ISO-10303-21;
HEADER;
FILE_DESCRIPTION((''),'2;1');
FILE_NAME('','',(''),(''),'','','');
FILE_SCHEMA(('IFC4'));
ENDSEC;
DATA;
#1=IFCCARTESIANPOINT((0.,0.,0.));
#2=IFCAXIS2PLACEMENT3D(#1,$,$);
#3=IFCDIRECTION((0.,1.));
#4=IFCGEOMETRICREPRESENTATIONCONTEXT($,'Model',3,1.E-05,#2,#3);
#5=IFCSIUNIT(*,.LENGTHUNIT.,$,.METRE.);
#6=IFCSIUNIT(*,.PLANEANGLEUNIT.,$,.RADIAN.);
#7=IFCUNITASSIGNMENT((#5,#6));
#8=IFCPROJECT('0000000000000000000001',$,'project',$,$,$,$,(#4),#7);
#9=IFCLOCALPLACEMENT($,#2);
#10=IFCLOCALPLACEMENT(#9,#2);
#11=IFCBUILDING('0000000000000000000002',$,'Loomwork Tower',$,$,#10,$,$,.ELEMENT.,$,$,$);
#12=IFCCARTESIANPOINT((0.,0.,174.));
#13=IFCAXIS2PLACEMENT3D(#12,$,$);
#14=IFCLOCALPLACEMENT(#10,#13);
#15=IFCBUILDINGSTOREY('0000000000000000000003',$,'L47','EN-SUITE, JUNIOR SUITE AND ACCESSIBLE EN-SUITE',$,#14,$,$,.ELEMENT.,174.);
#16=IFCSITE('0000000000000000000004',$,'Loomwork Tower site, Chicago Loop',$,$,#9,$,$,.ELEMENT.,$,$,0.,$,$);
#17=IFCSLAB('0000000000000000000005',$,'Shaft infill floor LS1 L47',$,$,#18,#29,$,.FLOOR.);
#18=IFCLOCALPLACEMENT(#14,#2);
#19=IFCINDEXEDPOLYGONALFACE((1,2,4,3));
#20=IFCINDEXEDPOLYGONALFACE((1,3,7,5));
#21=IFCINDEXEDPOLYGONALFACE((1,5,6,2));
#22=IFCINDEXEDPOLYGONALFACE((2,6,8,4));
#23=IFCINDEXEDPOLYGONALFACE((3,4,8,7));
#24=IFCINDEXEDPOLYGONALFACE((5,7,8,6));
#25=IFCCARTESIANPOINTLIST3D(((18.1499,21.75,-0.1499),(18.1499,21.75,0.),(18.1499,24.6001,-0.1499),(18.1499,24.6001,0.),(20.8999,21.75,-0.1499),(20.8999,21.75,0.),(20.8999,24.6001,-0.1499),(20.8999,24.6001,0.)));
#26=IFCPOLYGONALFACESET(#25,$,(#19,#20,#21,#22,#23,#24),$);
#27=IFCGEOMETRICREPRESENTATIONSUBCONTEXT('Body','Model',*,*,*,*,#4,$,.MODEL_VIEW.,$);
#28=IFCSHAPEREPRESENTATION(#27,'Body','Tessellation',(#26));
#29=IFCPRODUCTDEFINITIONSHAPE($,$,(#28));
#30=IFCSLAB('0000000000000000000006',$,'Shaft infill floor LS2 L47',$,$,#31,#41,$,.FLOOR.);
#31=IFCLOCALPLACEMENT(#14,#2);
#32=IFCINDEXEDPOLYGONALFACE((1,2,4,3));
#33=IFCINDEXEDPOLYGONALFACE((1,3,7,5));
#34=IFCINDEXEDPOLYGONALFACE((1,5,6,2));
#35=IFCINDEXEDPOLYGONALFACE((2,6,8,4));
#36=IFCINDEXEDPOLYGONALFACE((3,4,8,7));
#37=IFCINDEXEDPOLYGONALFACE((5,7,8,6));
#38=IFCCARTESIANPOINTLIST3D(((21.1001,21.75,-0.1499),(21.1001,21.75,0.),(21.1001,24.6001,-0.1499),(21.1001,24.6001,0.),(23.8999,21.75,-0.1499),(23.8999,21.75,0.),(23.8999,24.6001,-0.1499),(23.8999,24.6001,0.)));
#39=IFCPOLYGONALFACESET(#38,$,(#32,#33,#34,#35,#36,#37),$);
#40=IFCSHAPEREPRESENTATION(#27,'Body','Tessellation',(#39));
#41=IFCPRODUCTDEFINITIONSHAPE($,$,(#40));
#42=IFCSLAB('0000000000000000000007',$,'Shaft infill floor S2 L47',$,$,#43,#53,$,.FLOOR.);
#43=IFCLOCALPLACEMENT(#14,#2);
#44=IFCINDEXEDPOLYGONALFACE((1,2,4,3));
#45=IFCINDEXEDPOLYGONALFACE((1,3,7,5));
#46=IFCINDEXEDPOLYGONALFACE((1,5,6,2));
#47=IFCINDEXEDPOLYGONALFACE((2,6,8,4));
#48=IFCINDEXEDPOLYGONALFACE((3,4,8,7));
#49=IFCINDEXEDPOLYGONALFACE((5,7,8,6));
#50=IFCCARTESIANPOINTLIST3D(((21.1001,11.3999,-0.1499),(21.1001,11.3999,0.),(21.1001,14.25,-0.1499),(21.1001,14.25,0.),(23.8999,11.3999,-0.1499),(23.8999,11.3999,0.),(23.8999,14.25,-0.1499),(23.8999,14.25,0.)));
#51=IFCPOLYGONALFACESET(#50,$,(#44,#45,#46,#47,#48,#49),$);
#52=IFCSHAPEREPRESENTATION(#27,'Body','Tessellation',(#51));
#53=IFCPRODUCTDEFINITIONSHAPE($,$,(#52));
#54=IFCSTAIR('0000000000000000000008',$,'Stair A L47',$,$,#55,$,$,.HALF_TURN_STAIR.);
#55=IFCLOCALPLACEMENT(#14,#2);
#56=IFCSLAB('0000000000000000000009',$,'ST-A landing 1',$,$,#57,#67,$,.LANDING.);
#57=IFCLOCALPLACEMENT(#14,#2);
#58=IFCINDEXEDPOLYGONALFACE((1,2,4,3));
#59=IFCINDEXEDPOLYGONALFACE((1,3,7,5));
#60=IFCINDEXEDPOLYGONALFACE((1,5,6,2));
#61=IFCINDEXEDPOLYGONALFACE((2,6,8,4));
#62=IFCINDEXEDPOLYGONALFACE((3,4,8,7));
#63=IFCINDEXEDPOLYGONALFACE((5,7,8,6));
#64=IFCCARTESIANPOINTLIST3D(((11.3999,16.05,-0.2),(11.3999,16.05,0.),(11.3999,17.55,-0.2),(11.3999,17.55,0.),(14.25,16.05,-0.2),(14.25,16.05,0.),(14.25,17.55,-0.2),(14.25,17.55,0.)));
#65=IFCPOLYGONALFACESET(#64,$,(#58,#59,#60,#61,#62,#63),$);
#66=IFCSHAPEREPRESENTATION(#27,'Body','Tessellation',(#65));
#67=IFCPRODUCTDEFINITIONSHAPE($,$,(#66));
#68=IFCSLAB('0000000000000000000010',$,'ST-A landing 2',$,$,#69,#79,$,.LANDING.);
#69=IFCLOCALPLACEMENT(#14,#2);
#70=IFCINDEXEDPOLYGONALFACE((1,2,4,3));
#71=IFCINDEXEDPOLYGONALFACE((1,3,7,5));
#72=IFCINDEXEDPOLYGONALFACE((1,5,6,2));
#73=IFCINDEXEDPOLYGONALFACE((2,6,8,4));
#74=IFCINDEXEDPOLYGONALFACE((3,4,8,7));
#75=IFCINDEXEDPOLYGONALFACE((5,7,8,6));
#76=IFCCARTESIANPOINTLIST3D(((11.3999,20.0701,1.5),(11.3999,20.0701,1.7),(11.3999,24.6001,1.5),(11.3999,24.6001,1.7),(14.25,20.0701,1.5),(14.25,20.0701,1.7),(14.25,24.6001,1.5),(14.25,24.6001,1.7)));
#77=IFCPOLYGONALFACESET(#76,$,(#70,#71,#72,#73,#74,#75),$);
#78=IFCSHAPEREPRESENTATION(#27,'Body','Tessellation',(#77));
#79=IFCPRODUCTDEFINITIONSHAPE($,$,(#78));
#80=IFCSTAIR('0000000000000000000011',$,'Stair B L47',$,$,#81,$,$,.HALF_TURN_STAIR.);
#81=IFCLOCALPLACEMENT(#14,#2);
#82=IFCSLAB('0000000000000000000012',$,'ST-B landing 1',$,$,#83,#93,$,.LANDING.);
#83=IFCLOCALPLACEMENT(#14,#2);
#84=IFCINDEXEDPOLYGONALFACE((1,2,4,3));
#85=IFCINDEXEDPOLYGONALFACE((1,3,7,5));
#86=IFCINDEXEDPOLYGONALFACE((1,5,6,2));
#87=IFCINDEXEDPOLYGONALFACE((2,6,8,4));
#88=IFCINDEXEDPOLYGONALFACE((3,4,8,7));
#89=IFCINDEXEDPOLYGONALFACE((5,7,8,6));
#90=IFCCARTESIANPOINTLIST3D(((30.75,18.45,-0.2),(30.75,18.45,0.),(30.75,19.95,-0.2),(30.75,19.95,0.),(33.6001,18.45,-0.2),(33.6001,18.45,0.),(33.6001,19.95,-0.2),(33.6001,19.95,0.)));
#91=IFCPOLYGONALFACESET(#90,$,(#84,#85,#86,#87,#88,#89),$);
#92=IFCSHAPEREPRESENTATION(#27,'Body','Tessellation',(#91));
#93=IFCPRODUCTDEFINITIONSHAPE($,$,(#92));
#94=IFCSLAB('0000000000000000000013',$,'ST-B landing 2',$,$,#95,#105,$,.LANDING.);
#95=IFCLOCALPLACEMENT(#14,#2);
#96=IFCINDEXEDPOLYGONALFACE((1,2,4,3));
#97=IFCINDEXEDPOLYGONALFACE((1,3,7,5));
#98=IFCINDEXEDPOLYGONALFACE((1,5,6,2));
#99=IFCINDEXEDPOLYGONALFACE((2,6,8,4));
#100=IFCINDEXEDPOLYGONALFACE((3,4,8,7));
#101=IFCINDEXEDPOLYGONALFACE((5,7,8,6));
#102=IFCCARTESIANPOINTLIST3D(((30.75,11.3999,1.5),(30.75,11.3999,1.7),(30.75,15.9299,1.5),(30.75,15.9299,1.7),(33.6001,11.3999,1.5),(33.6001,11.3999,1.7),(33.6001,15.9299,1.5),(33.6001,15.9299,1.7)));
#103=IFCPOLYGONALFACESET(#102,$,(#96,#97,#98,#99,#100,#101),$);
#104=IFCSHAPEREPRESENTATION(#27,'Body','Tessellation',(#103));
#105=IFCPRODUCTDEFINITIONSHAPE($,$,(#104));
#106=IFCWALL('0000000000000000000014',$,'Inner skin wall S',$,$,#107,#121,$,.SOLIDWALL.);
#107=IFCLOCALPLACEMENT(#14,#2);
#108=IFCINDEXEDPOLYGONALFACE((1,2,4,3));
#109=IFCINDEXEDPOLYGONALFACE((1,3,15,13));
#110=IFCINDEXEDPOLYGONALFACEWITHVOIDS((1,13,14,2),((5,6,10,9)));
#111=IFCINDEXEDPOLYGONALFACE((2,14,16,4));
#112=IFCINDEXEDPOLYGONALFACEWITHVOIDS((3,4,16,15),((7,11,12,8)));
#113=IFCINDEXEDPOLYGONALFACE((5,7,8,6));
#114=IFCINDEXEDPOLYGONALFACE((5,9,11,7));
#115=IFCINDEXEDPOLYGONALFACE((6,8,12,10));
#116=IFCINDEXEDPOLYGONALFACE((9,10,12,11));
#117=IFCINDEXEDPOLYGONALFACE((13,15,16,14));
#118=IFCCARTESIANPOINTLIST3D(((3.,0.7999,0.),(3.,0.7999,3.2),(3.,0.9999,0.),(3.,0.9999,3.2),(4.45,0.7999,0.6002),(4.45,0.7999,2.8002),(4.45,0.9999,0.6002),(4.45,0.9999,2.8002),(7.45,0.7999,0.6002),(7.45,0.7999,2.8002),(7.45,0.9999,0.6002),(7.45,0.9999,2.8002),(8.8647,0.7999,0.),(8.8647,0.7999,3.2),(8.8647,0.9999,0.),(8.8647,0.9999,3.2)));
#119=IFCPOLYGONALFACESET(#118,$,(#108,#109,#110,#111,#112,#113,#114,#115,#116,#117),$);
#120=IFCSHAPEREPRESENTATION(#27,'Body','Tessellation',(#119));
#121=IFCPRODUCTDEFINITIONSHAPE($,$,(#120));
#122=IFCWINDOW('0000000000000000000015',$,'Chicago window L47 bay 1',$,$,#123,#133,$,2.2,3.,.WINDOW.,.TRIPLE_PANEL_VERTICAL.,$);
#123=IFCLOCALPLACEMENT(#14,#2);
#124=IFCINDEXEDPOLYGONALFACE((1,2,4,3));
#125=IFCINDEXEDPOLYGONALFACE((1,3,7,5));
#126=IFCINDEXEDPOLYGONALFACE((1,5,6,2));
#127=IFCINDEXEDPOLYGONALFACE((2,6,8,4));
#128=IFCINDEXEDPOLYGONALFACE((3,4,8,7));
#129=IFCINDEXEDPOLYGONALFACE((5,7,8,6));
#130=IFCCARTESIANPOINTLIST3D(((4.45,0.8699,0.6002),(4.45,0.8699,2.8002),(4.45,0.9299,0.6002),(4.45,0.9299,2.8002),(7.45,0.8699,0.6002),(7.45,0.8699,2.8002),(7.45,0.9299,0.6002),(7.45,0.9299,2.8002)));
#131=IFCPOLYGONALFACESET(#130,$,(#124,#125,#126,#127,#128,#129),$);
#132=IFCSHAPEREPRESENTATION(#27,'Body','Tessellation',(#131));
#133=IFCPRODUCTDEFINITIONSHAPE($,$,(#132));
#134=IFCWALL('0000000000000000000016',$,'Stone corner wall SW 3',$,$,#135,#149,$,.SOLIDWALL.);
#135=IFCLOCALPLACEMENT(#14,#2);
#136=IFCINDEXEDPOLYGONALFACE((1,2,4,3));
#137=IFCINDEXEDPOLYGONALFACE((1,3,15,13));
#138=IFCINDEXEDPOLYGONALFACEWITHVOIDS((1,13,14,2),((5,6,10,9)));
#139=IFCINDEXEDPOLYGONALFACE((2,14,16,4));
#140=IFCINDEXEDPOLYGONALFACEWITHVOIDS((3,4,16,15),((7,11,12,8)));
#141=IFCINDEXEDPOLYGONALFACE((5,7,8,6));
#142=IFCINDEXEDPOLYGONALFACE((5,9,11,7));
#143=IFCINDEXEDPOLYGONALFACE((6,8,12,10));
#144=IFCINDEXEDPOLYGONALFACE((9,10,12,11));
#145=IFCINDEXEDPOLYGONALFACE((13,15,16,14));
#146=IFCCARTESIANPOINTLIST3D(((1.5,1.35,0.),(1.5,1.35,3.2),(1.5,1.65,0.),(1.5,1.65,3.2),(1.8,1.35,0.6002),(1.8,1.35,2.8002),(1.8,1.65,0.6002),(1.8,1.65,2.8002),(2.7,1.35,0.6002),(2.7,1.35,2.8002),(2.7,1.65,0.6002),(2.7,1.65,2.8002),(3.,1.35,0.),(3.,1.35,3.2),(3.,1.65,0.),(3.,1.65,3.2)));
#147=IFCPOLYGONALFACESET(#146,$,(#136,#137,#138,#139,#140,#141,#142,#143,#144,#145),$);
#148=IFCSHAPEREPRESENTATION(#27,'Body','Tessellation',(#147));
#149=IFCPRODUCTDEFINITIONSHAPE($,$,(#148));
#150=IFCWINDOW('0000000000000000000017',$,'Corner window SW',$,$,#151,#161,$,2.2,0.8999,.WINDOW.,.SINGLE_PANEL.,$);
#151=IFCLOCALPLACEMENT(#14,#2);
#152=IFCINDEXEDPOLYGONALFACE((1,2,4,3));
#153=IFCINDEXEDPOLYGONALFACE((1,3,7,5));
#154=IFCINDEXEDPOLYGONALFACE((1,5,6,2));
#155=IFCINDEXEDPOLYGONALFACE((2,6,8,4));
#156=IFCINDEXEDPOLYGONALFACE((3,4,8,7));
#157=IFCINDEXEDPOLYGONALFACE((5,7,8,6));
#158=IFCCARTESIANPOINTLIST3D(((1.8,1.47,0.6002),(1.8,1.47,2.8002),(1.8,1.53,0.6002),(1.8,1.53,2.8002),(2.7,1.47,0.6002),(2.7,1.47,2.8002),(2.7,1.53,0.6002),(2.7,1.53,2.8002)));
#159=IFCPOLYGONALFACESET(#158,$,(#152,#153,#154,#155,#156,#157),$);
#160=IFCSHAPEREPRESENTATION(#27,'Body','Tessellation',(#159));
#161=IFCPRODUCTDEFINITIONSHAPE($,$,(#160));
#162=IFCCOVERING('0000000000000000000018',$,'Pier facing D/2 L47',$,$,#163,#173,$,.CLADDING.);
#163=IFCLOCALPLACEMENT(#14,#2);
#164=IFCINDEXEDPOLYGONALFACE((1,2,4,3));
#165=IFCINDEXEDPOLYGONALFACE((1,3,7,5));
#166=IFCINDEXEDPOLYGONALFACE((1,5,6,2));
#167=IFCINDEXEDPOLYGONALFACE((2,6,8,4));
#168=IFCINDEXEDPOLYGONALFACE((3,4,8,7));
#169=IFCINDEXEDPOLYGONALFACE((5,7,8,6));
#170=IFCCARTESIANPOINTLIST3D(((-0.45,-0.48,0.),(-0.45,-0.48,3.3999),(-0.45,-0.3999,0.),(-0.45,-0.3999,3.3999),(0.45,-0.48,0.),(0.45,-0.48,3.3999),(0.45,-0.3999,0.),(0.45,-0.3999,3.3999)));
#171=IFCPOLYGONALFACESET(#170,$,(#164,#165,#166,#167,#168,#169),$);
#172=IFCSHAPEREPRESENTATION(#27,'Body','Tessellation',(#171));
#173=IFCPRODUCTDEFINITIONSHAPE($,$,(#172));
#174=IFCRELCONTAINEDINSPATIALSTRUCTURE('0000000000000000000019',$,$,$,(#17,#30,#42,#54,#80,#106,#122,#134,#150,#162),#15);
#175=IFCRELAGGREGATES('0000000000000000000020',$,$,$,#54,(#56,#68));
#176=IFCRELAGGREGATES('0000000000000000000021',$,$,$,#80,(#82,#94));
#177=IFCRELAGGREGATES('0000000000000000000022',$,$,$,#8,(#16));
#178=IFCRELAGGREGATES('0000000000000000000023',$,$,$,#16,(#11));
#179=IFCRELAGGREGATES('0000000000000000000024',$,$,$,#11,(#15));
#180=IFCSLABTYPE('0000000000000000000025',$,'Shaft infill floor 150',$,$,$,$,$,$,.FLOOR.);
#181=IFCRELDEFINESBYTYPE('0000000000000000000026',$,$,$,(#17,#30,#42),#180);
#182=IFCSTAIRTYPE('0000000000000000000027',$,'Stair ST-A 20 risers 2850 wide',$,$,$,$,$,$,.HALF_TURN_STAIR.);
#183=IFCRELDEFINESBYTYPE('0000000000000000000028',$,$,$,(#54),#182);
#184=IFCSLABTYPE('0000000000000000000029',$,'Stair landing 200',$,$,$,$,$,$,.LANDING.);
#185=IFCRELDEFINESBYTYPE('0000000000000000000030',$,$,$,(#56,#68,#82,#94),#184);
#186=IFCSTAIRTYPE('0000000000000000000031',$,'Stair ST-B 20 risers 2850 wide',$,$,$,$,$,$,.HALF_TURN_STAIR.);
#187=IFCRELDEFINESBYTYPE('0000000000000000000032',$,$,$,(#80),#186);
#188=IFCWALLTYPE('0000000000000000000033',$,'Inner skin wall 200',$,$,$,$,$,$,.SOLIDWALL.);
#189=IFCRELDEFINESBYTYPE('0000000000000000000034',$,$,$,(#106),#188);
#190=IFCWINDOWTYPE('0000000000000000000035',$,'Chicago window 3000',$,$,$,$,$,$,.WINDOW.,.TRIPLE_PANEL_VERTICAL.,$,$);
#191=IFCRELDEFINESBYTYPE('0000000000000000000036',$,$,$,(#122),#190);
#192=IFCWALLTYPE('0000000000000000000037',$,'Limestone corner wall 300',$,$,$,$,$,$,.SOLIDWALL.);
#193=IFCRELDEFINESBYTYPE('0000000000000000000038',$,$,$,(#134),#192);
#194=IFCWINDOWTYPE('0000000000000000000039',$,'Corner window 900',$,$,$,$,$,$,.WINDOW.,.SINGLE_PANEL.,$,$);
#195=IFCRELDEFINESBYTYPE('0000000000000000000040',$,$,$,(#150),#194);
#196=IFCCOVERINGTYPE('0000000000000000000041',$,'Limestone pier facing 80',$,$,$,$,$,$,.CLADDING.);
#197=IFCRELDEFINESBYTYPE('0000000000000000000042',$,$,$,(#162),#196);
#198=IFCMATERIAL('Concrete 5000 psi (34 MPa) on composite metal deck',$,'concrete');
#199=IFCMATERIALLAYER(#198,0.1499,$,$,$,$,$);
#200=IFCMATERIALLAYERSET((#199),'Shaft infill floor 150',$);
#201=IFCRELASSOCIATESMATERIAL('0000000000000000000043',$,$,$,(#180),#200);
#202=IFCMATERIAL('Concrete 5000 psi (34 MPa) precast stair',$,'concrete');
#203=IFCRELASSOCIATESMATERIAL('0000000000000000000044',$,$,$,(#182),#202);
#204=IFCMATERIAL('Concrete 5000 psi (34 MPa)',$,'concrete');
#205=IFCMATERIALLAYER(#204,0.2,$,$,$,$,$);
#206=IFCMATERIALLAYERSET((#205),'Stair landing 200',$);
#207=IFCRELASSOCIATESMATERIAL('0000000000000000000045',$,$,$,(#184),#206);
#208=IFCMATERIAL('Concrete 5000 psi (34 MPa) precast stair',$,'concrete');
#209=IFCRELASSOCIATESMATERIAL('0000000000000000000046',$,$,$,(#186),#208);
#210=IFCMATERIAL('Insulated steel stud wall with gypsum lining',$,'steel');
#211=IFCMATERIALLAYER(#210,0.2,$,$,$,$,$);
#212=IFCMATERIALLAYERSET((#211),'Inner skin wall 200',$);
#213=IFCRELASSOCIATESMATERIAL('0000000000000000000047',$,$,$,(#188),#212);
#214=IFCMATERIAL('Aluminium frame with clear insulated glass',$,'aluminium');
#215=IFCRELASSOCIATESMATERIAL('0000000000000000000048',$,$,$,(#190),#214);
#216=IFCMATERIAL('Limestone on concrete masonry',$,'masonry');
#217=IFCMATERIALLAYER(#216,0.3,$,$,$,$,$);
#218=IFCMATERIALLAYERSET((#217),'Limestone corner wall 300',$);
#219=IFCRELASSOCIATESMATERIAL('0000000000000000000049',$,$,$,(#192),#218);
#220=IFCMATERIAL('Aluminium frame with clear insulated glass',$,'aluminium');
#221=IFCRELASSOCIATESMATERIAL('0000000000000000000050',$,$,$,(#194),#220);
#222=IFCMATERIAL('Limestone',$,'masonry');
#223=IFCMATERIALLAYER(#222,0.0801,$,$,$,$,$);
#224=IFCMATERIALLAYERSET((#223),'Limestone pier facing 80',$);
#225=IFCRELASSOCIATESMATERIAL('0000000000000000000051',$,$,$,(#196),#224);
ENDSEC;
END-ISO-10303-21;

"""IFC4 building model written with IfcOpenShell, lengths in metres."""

from ifc_helpers import new_model, si_unit, direction, frame, frame_2d, origin, origin_2d, place, context, subcontext, project, spatial, polyline, rectangle, outline, extrude, material, layer, layer_set, type_object, element, fill, aggregate, save


model = new_model("IFC4")

# Units and contexts
model_context = context("Model", 3, precision=1e-05, world=origin(), true_north=direction((0.0, 1.0)))
body_context = subcontext(model_context, "Body", "Model", "MODEL_VIEW")
ifc_project = project(units=[si_unit("LENGTHUNIT", "METRE"), si_unit("PLANEANGLEUNIT", "RADIAN")], contexts=[model_context])

# Site, building, storey
site_placement = place(None, origin())
site = spatial("IfcSite", under=ifc_project, at=site_placement, Name="Loomwork Tower site, Chicago Loop", CompositionType="ELEMENT", RefElevation=0.0)
building_placement = place(site_placement, origin())
building = spatial("IfcBuilding", under=site, at=building_placement, Name="Loomwork Tower", CompositionType="ELEMENT")
storey_placement = place(building_placement, frame((0.0, 0.0, 174.0)))
storey = spatial("IfcBuildingStorey", under=building, at=storey_placement, Name="L47", Description="EN-SUITE, JUNIOR SUITE AND ACCESSIBLE EN-SUITE", CompositionType="ELEMENT", Elevation=174.0)

# Slabs
ifc_material_1 = material(Name="Concrete 5000 psi (34 MPa) on composite metal deck", Category="concrete")
ifc_layer_1 = layer(ifc_material_1, 0.1499)
ifc_layer_set_1 = layer_set([ifc_layer_1], Name="Shaft infill floor 150")
slab_type_1 = type_object("IfcSlabType", Name="Shaft infill floor 150", PredefinedType="FLOOR", material=ifc_layer_set_1)
slab_1_placement = place(storey_placement, frame((0.0, 0.0, -0.1499)))
element("IfcSlab", 1, at=slab_1_placement, inside=storey, type_object=slab_type_1, Name="Shaft infill floor LS1 L47", PredefinedType="FLOOR", context=body_context, shape_type="SweptSolid", body=[
    extrude(outline(polyline([(18.1499, 21.75), (20.8999, 21.75), (20.8999, 24.6001), (18.1499, 24.6001), (18.1499, 21.75)])), origin(), (0.0, 0.0, 1.0), 0.1499),
])
slab_2_placement = place(storey_placement, frame((0.0, 0.0, -0.1499)))
element("IfcSlab", 2, at=slab_2_placement, inside=storey, type_object=slab_type_1, Name="Shaft infill floor LS2 L47", PredefinedType="FLOOR", context=body_context, shape_type="SweptSolid", body=[
    extrude(outline(polyline([(21.1001, 21.75), (23.8999, 21.75), (23.8999, 24.6001), (21.1001, 24.6001), (21.1001, 21.75)])), origin(), (0.0, 0.0, 1.0), 0.1499),
])
slab_3_placement = place(storey_placement, frame((0.0, 0.0, -0.1499)))
element("IfcSlab", 3, at=slab_3_placement, inside=storey, type_object=slab_type_1, Name="Shaft infill floor S2 L47", PredefinedType="FLOOR", context=body_context, shape_type="SweptSolid", body=[
    extrude(outline(polyline([(21.1001, 11.3999), (23.8999, 11.3999), (23.8999, 14.25), (21.1001, 14.25), (21.1001, 11.3999)])), origin(), (0.0, 0.0, 1.0), 0.1499),
])

# Stairs, slabs
ifc_material_2 = material(Name="Concrete 5000 psi (34 MPa) precast stair", Category="concrete")
stair_type_1 = type_object("IfcStairType", Name="Stair ST-A 20 risers 2850 wide", PredefinedType="HALF_TURN_STAIR", material=ifc_material_2)
stair_1_placement = place(storey_placement, origin())
stair_1 = element("IfcStair", 4, at=stair_1_placement, inside=storey, type_object=stair_type_1, Name="Stair A L47", PredefinedType="HALF_TURN_STAIR")
ifc_material_3 = material(Name="Concrete 5000 psi (34 MPa)", Category="concrete")
ifc_layer_2 = layer(ifc_material_3, 0.2)
ifc_layer_set_2 = layer_set([ifc_layer_2], Name="Stair landing 200")
slab_type_2 = type_object("IfcSlabType", Name="Stair landing 200", PredefinedType="LANDING", material=ifc_layer_set_2)
slab_4_placement = place(storey_placement, frame((0.0, 0.0, -0.2)))
slab_4 = element("IfcSlab", 5, at=slab_4_placement, type_object=slab_type_2, Name="ST-A landing 1", PredefinedType="LANDING", context=body_context, shape_type="SweptSolid", body=[
    extrude(outline(polyline([(11.3999, 16.05), (14.25, 16.05), (14.25, 17.55), (11.3999, 17.55), (11.3999, 16.05)])), origin(), (0.0, 0.0, 1.0), 0.2),
])
slab_5_placement = place(storey_placement, frame((0.0, 0.0, 1.5)))
slab_5 = element("IfcSlab", 6, at=slab_5_placement, type_object=slab_type_2, Name="ST-A landing 2", PredefinedType="LANDING", context=body_context, shape_type="SweptSolid", body=[
    extrude(outline(polyline([(11.3999, 20.0701), (14.25, 20.0701), (14.25, 24.6001), (11.3999, 24.6001), (11.3999, 20.0701)])), origin(), (0.0, 0.0, 1.0), 0.2),
])
aggregate(stair_1, [slab_4, slab_5])
ifc_material_4 = material(Name="Concrete 5000 psi (34 MPa) precast stair", Category="concrete")
stair_type_2 = type_object("IfcStairType", Name="Stair ST-B 20 risers 2850 wide", PredefinedType="HALF_TURN_STAIR", material=ifc_material_4)
stair_2_placement = place(storey_placement, origin())
stair_2 = element("IfcStair", 7, at=stair_2_placement, inside=storey, type_object=stair_type_2, Name="Stair B L47", PredefinedType="HALF_TURN_STAIR")
slab_6_placement = place(storey_placement, frame((0.0, 0.0, -0.2)))
slab_6 = element("IfcSlab", 8, at=slab_6_placement, type_object=slab_type_2, Name="ST-B landing 1", PredefinedType="LANDING", context=body_context, shape_type="SweptSolid", body=[
    extrude(outline(polyline([(30.75, 18.45), (33.6001, 18.45), (33.6001, 19.95), (30.75, 19.95), (30.75, 18.45)])), origin(), (0.0, 0.0, 1.0), 0.2),
])
slab_7_placement = place(storey_placement, frame((0.0, 0.0, 1.5)))
slab_7 = element("IfcSlab", 9, at=slab_7_placement, type_object=slab_type_2, Name="ST-B landing 2", PredefinedType="LANDING", context=body_context, shape_type="SweptSolid", body=[
    extrude(outline(polyline([(30.75, 11.3999), (33.6001, 11.3999), (33.6001, 15.9299), (30.75, 15.9299), (30.75, 11.3999)])), origin(), (0.0, 0.0, 1.0), 0.2),
])
aggregate(stair_2, [slab_6, slab_7])

# Walls, openings, windows
ifc_material_5 = material(Name="Insulated steel stud wall with gypsum lining", Category="steel")
ifc_layer_3 = layer(ifc_material_5, 0.2)
ifc_layer_set_3 = layer_set([ifc_layer_3], Name="Inner skin wall 200")
wall_type_1 = type_object("IfcWallType", Name="Inner skin wall 200", PredefinedType="SOLIDWALL", material=ifc_layer_set_3)
wall_1_placement = place(storey_placement, frame((3.0, 0.8999, 0.0), z_axis=(0.0, 0.0, 1.0), x_axis=(1.0, 0.0, 0.0)))
wall_1 = element("IfcWall", 10, at=wall_1_placement, inside=storey, type_object=wall_type_1, Name="Inner skin wall S", PredefinedType="SOLIDWALL", context=body_context, shape_type="SweptSolid", body=[
    extrude(rectangle(XDim=5.8647, YDim=0.2, at=frame_2d((2.9324, 0.0))), origin(), (0.0, 0.0, 1.0), 3.2),
])
opening_1_placement = place(wall_1_placement, frame((1.45, 0.0, 0.6001)))
opening_1 = element("IfcOpeningElement", 11, at=opening_1_placement, cuts=wall_1, PredefinedType="OPENING", context=body_context, shape_type="SweptSolid", body=[
    extrude(rectangle(XDim=3.0, YDim=2.2, at=frame_2d((1.5, 1.1001))), frame((0.0, 0.1099, 0.0), z_axis=(0.0, -1.0, 0.0), x_axis=(1.0, 0.0, 0.0)), (0.0, 0.0, 1.0), 0.22),
])
ifc_material_6 = material(Name="Aluminium frame with clear insulated glass", Category="aluminium")
window_type_1 = type_object("IfcWindowType", Name="Chicago window 3000", PartitioningType="TRIPLE_PANEL_VERTICAL", PredefinedType="WINDOW", material=ifc_material_6)
window_1_placement = place(opening_1_placement, origin())
window_1 = element("IfcWindow", 12, at=window_1_placement, inside=storey, type_object=window_type_1, Name="Chicago window L47 bay 1", OverallHeight=2.2, OverallWidth=3.0, PartitioningType="TRIPLE_PANEL_VERTICAL", PredefinedType="WINDOW", context=body_context, shape_type="SweptSolid", body=[
    extrude(rectangle(XDim=3.0, YDim=2.2, at=frame_2d((1.5, 1.1001))), frame((0.0, 0.03, 0.0), z_axis=(0.0, -1.0, 0.0), x_axis=(1.0, 0.0, 0.0)), (0.0, 0.0, 1.0), 0.0601),
])
fill(opening_1, window_1)
ifc_material_7 = material(Name="Limestone on concrete masonry", Category="masonry")
ifc_layer_4 = layer(ifc_material_7, 0.3)
ifc_layer_set_4 = layer_set([ifc_layer_4], Name="Limestone corner wall 300")
wall_type_2 = type_object("IfcWallType", Name="Limestone corner wall 300", PredefinedType="SOLIDWALL", material=ifc_layer_set_4)
wall_2_placement = place(storey_placement, frame((1.5, 1.5, 0.0), z_axis=(0.0, 0.0, 1.0), x_axis=(1.0, 0.0, 0.0)))
wall_2 = element("IfcWall", 13, at=wall_2_placement, inside=storey, type_object=wall_type_2, Name="Stone corner wall SW 3", PredefinedType="SOLIDWALL", context=body_context, shape_type="SweptSolid", body=[
    extrude(rectangle(XDim=1.5, YDim=0.3, at=frame_2d((0.75, 0.0))), origin(), (0.0, 0.0, 1.0), 3.2),
])
opening_2_placement = place(wall_2_placement, frame((0.3, 0.0, 0.6001)))
opening_2 = element("IfcOpeningElement", 14, at=opening_2_placement, cuts=wall_2, PredefinedType="OPENING", context=body_context, shape_type="SweptSolid", body=[
    extrude(rectangle(XDim=0.8999, YDim=2.2, at=frame_2d((0.45, 1.1001))), frame((0.0, 0.1599, 0.0), z_axis=(0.0, -1.0, 0.0), x_axis=(1.0, 0.0, 0.0)), (0.0, 0.0, 1.0), 0.3201),
])
ifc_material_8 = material(Name="Aluminium frame with clear insulated glass", Category="aluminium")
window_type_2 = type_object("IfcWindowType", Name="Corner window 900", PartitioningType="SINGLE_PANEL", PredefinedType="WINDOW", material=ifc_material_8)
window_2_placement = place(opening_2_placement, origin())
window_2 = element("IfcWindow", 15, at=window_2_placement, inside=storey, type_object=window_type_2, Name="Corner window SW", OverallHeight=2.2, OverallWidth=0.8999, PartitioningType="SINGLE_PANEL", PredefinedType="WINDOW", context=body_context, shape_type="SweptSolid", body=[
    extrude(rectangle(XDim=0.8999, YDim=2.2, at=frame_2d((0.45, 1.1001))), frame((0.0, 0.03, 0.0), z_axis=(0.0, -1.0, 0.0), x_axis=(1.0, 0.0, 0.0)), (0.0, 0.0, 1.0), 0.0601),
])
fill(opening_2, window_2)

# Covering
ifc_material_9 = material(Name="Limestone", Category="masonry")
ifc_layer_5 = layer(ifc_material_9, 0.0801)
ifc_layer_set_5 = layer_set([ifc_layer_5], Name="Limestone pier facing 80")
covering_type_1 = type_object("IfcCoveringType", Name="Limestone pier facing 80", PredefinedType="CLADDING", material=ifc_layer_set_5)
covering_1_placement = place(storey_placement, frame((0.0, -0.4399, 0.0), z_axis=(0.0, 0.0, 1.0), x_axis=(1.0, 0.0, 0.0)))
element("IfcCovering", 16, at=covering_1_placement, inside=storey, type_object=covering_type_1, Name="Pier facing D/2 L47", PredefinedType="CLADDING", context=body_context, shape_type="SweptSolid", body=[
    extrude(rectangle(XDim=0.8999, YDim=0.0801, at=origin_2d()), origin(), (0.0, 0.0, 1.0), 3.3999),
])

save(model, "model.ifc")
